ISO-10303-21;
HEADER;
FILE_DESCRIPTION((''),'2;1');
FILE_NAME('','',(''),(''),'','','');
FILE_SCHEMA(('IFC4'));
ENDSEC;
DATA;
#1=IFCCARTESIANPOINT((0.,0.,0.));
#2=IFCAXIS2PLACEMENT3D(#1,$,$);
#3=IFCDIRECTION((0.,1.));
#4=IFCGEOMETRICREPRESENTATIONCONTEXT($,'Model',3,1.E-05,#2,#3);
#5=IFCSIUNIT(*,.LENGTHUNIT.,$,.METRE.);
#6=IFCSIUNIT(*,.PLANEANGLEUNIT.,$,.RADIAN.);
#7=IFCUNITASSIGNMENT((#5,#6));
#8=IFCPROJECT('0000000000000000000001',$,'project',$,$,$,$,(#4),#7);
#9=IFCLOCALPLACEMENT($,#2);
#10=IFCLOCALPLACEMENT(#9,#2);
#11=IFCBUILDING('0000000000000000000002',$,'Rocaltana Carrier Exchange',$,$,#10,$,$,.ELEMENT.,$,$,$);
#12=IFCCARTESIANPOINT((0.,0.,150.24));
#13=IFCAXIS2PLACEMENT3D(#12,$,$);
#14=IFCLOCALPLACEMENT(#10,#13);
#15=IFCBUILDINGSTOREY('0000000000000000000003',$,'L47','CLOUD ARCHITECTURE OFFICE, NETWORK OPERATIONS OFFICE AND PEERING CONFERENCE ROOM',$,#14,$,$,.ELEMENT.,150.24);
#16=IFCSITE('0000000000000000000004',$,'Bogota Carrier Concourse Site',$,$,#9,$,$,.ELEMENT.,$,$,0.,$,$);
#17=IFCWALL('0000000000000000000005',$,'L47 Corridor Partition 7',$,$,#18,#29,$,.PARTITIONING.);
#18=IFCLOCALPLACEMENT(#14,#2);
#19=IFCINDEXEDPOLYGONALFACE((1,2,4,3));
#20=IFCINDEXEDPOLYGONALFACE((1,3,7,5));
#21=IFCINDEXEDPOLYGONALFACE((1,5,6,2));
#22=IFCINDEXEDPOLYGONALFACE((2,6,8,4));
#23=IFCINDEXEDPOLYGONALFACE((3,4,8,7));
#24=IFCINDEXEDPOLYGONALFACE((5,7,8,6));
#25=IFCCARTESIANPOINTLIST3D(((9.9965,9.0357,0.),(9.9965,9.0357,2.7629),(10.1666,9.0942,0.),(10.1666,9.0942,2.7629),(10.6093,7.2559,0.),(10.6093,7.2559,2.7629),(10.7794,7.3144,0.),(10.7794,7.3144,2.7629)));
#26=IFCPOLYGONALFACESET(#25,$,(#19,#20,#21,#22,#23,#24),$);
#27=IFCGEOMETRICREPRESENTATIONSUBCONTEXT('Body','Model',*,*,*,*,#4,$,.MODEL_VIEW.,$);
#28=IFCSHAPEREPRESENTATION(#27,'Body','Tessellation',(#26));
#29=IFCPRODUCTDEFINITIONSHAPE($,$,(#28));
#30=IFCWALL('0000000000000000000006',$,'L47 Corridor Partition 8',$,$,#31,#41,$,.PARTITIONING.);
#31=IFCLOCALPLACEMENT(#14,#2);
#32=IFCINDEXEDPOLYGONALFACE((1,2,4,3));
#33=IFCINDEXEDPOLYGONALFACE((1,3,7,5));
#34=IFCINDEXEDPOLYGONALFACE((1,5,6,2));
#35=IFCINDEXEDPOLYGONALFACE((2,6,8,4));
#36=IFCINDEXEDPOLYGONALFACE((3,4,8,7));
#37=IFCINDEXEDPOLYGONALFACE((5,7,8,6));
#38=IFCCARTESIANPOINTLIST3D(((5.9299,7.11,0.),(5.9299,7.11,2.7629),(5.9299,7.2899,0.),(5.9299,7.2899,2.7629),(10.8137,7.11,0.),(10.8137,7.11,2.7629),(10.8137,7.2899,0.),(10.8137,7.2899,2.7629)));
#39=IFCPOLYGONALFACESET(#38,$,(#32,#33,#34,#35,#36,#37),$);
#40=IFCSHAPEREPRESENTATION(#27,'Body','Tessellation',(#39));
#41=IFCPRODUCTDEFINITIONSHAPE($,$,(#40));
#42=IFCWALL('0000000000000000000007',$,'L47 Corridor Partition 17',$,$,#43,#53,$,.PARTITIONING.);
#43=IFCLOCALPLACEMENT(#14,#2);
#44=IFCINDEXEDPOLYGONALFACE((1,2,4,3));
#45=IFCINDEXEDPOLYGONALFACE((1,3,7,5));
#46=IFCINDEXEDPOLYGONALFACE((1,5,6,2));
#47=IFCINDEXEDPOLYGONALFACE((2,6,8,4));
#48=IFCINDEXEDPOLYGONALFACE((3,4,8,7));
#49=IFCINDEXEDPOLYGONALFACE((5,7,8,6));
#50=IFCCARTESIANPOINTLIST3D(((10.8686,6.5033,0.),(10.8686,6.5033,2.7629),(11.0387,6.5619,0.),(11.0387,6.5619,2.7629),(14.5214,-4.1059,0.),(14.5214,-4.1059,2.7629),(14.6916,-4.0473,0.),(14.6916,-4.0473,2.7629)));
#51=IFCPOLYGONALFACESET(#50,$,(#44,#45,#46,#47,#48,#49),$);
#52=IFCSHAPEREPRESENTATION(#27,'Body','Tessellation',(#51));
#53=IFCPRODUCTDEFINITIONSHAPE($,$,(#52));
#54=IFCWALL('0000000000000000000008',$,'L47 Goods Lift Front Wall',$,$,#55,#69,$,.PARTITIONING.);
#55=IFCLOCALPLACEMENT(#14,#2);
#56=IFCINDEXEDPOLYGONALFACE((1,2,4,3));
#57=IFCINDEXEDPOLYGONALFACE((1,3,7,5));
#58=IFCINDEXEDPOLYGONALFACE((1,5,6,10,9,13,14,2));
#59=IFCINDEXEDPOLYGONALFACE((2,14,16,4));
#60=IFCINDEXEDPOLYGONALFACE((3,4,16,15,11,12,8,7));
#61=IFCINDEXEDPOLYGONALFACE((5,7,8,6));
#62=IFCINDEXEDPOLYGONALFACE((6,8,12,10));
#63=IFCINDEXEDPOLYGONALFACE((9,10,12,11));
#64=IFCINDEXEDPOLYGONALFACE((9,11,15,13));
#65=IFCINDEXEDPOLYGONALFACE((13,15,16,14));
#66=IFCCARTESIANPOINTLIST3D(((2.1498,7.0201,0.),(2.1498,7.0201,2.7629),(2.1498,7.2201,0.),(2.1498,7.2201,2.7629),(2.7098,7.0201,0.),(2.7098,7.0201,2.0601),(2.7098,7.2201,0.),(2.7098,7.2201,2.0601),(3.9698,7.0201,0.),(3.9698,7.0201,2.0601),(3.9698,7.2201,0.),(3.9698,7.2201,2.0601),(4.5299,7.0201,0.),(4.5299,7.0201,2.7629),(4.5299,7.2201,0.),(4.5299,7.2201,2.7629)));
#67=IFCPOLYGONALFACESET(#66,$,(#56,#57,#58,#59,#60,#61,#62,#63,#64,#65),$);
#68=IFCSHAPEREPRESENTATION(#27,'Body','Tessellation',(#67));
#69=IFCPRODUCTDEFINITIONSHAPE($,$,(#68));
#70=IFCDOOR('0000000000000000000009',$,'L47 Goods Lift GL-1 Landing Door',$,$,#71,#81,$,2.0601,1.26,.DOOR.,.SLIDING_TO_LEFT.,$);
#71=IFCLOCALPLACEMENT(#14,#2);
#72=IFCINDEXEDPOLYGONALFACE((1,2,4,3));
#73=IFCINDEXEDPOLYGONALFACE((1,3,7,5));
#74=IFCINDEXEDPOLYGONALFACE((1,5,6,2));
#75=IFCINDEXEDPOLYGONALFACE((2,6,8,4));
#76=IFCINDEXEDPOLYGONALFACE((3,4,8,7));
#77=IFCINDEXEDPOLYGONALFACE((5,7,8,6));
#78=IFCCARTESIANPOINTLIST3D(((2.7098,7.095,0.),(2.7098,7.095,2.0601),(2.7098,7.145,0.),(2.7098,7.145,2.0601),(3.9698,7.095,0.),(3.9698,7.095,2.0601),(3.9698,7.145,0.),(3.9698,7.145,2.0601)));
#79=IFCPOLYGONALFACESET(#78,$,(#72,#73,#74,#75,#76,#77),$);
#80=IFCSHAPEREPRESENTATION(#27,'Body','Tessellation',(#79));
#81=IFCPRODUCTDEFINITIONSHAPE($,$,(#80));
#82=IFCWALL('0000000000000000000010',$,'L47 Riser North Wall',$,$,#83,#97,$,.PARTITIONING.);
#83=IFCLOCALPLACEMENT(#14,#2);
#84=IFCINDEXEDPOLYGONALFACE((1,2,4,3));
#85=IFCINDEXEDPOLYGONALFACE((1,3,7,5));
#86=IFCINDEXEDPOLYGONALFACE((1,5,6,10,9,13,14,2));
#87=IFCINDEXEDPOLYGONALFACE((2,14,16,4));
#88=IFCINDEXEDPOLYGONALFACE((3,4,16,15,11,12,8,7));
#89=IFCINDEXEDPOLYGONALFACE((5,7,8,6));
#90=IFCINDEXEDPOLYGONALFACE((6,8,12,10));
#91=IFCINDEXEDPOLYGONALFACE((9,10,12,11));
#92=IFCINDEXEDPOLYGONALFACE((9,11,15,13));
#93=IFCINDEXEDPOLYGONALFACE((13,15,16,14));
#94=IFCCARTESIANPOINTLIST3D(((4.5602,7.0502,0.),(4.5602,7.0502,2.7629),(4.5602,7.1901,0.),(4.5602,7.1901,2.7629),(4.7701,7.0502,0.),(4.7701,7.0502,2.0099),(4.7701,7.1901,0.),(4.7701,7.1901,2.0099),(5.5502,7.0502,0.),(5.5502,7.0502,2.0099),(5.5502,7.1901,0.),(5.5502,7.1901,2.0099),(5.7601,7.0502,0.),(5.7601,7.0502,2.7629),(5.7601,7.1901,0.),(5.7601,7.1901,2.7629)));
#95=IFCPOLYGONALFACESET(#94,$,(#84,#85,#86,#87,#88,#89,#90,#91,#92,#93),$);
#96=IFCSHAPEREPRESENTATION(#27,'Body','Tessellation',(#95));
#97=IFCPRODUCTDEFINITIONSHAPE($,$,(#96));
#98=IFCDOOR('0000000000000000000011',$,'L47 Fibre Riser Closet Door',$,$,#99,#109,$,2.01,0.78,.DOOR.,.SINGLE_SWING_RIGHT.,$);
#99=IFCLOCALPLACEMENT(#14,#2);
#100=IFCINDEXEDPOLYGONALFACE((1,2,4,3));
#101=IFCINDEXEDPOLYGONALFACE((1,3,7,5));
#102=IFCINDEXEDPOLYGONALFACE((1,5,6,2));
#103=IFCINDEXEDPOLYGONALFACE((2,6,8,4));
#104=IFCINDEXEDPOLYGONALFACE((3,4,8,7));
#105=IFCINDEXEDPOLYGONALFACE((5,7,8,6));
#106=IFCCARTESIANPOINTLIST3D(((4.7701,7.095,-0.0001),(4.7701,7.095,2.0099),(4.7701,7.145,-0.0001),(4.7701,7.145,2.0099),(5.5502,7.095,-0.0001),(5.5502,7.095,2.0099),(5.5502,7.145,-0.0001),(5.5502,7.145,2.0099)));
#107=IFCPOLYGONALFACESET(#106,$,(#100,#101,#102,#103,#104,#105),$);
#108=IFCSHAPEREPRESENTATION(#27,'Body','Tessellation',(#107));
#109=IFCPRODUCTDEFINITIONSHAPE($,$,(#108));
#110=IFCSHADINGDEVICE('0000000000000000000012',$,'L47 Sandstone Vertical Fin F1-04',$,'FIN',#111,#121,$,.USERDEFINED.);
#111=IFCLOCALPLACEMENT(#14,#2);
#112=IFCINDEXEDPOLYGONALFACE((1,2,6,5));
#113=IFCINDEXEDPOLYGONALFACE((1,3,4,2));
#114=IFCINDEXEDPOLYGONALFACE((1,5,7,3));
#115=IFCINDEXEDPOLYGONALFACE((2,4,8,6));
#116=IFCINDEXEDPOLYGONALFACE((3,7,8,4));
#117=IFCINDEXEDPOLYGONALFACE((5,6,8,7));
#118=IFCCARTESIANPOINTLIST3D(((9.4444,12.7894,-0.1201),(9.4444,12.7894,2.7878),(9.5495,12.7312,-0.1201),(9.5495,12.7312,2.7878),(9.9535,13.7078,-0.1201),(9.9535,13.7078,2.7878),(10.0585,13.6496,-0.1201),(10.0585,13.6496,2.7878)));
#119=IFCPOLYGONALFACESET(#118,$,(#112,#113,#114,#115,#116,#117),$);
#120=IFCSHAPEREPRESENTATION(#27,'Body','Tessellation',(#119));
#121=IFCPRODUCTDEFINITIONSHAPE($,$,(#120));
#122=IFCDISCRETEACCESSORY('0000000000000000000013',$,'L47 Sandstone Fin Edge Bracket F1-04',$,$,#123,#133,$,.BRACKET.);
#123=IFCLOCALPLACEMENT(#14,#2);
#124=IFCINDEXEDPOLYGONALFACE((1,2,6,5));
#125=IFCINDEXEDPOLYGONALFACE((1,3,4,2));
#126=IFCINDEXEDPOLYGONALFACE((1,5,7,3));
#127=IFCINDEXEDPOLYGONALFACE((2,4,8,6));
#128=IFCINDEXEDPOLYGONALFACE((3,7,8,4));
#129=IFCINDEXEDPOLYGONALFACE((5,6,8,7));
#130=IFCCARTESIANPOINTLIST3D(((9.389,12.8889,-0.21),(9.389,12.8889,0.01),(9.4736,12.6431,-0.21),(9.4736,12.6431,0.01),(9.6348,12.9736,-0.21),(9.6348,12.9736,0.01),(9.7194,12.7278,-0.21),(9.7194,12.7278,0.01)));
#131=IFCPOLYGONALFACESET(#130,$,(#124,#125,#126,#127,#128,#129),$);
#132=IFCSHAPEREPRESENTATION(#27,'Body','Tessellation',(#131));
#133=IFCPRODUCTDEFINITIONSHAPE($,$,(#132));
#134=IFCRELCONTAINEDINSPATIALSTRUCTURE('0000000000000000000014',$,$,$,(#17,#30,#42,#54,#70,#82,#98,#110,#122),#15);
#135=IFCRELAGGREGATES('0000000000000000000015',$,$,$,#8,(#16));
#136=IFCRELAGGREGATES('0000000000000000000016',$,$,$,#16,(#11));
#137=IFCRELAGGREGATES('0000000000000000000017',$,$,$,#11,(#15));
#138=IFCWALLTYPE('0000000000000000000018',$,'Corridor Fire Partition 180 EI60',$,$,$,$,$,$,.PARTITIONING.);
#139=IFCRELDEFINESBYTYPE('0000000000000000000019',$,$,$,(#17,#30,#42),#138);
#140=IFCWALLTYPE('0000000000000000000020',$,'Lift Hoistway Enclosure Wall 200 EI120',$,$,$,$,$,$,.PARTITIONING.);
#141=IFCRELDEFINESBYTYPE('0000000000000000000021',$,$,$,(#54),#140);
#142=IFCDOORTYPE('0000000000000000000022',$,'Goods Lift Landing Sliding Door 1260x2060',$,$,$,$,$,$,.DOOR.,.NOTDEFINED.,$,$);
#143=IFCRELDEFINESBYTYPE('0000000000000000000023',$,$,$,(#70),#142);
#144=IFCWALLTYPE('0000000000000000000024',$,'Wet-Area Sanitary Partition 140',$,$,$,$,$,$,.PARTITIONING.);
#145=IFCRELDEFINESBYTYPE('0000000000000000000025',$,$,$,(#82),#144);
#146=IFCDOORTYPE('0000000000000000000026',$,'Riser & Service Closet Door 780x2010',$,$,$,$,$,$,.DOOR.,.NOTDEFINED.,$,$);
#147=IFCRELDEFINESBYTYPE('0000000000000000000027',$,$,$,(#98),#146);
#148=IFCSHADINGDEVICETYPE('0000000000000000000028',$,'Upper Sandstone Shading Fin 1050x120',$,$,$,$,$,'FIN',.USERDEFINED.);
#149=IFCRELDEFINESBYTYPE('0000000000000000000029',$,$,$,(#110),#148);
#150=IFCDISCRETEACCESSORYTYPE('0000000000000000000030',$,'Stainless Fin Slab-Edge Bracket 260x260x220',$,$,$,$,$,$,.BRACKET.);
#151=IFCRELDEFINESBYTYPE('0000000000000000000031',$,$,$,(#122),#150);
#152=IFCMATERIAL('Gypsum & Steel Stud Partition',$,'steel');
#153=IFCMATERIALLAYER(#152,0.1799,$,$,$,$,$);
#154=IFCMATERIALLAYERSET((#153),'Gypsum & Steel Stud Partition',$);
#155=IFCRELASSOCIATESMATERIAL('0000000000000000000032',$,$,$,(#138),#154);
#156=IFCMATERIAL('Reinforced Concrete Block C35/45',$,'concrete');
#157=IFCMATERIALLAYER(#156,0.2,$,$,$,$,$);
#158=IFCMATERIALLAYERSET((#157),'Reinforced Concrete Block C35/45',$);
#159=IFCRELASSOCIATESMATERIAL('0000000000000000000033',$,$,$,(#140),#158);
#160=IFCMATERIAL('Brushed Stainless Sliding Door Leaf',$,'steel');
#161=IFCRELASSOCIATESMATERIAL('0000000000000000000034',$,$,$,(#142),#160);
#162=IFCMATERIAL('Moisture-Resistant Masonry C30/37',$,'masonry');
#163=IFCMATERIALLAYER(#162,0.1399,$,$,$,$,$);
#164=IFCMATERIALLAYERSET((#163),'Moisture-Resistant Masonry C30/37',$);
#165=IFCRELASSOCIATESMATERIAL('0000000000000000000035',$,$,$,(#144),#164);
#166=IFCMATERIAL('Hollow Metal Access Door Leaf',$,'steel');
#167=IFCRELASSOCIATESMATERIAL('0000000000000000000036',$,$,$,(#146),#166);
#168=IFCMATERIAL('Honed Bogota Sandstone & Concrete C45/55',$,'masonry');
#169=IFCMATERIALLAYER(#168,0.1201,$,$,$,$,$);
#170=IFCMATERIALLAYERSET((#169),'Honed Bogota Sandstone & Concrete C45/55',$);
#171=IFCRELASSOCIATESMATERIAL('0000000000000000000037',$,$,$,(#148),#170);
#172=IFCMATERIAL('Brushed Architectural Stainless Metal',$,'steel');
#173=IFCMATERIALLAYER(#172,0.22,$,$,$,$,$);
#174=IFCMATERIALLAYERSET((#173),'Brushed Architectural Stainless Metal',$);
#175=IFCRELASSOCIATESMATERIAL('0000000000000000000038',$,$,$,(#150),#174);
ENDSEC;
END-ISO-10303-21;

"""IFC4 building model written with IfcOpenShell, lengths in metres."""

from ifc_helpers import new_model, si_unit, direction, frame, frame_2d, origin, origin_2d, place, context, subcontext, project, spatial, rectangle, extrude, material, layer, layer_set, type_object, element, fill, save


model = new_model("IFC4")

# Units and contexts
model_context = context("Model", 3, precision=1e-05, world=origin(), true_north=direction((0.0, 1.0)))
body_context = subcontext(model_context, "Body", "Model", "MODEL_VIEW")
ifc_project = project(units=[si_unit("LENGTHUNIT", "METRE"), si_unit("PLANEANGLEUNIT", "RADIAN")], contexts=[model_context])

# Site, building, storey
site_placement = place(None, origin())
site = spatial("IfcSite", under=ifc_project, at=site_placement, Name="Bogota Carrier Concourse Site", CompositionType="ELEMENT", RefElevation=0.0)
building_placement = place(site_placement, origin())
building = spatial("IfcBuilding", under=site, at=building_placement, Name="Rocaltana Carrier Exchange", CompositionType="ELEMENT")
storey_placement = place(building_placement, frame((0.0, 0.0, 150.24)))
storey = spatial("IfcBuildingStorey", under=building, at=storey_placement, Name="L47", Description="CLOUD ARCHITECTURE OFFICE, NETWORK OPERATIONS OFFICE AND PEERING CONFERENCE ROOM", CompositionType="ELEMENT", Elevation=150.24)

# Walls
ifc_material_1 = material(Name="Gypsum & Steel Stud Partition", Category="steel")
ifc_layer_1 = layer(ifc_material_1, 0.1799)
ifc_layer_set_1 = layer_set([ifc_layer_1], Name="Gypsum & Steel Stud Partition")
wall_type_1 = type_object("IfcWallType", Name="Corridor Fire Partition 180 EI60", PredefinedType="PARTITIONING", material=ifc_layer_set_1)
wall_1_placement = place(storey_placement, frame((10.0815, 9.0649, 0.0), z_axis=(0.0, 0.0, 1.0), x_axis=(0.325551, -0.945524, 0.0)))
element("IfcWall", 1, at=wall_1_placement, inside=storey, type_object=wall_type_1, Name="L47 Corridor Partition 7", PredefinedType="PARTITIONING", context=body_context, shape_type="SweptSolid", body=[
    extrude(rectangle(XDim=1.8823, YDim=0.1799, at=frame_2d((0.9412, 0.0))), origin(), (0.0, 0.0, 1.0), 2.7629),
])
wall_2_placement = place(storey_placement, frame((10.8137, 7.2, 0.0), z_axis=(0.0, 0.0, 1.0), x_axis=(-1.0, 0.0, 0.0)))
element("IfcWall", 2, at=wall_2_placement, inside=storey, type_object=wall_type_1, Name="L47 Corridor Partition 8", PredefinedType="PARTITIONING", context=body_context, shape_type="SweptSolid", body=[
    extrude(rectangle(XDim=4.8838, YDim=0.1799, at=frame_2d((2.4419, 0.0))), origin(), (0.0, 0.0, 1.0), 2.7629),
])
wall_3_placement = place(storey_placement, frame((10.9536, 6.5327, 0.0), z_axis=(0.0, 0.0, 1.0), x_axis=(0.325553, -0.945524, 0.0)))
element("IfcWall", 3, at=wall_3_placement, inside=storey, type_object=wall_type_1, Name="L47 Corridor Partition 17", PredefinedType="PARTITIONING", context=body_context, shape_type="SweptSolid", body=[
    extrude(rectangle(XDim=11.2205, YDim=0.1799, at=frame_2d((5.6104, 0.0))), origin(), (0.0, 0.0, 1.0), 2.7629),
])

# Walls, openings, doors
ifc_material_2 = material(Name="Reinforced Concrete Block C35/45", Category="concrete")
ifc_layer_2 = layer(ifc_material_2, 0.2)
ifc_layer_set_2 = layer_set([ifc_layer_2], Name="Reinforced Concrete Block C35/45")
wall_type_2 = type_object("IfcWallType", Name="Lift Hoistway Enclosure Wall 200 EI120", PredefinedType="PARTITIONING", material=ifc_layer_set_2)
wall_4_placement = place(storey_placement, frame((2.1499, 7.1201, 0.0), z_axis=(0.0, 0.0, 1.0), x_axis=(1.0, 0.0, 0.0)))
wall_4 = element("IfcWall", 4, at=wall_4_placement, inside=storey, type_object=wall_type_2, Name="L47 Goods Lift Front Wall", PredefinedType="PARTITIONING", context=body_context, shape_type="SweptSolid", body=[
    extrude(rectangle(XDim=2.3801, YDim=0.2, at=frame_2d((1.1899, 0.0))), origin(), (0.0, 0.0, 1.0), 2.7629),
])
opening_1_placement = place(wall_4_placement, frame((0.5601, 0.0, 0.0)))
opening_1 = element("IfcOpeningElement", 5, at=opening_1_placement, cuts=wall_4, PredefinedType="OPENING", context=body_context, shape_type="SweptSolid", body=[
    extrude(rectangle(XDim=1.26, YDim=2.0601, at=frame_2d((0.6299, 1.03))), frame((0.0, 0.1099, 0.0), z_axis=(0.0, -1.0, 0.0), x_axis=(1.0, 0.0, 0.0)), (0.0, 0.0, 1.0), 0.22),
])
ifc_material_3 = material(Name="Brushed Stainless Sliding Door Leaf", Category="steel")
door_type_1 = type_object("IfcDoorType", Name="Goods Lift Landing Sliding Door 1260x2060", OperationType="NOTDEFINED", PredefinedType="DOOR", material=ifc_material_3)
door_1_placement = place(opening_1_placement, origin())
door_1 = element("IfcDoor", 6, at=door_1_placement, inside=storey, type_object=door_type_1, Name="L47 Goods Lift GL-1 Landing Door", OperationType="SLIDING_TO_LEFT", OverallHeight=2.0601, OverallWidth=1.26, PredefinedType="DOOR", context=body_context, shape_type="SweptSolid", body=[
    extrude(rectangle(XDim=1.26, YDim=2.0601, at=frame_2d((0.6299, 1.03))), frame((0.0, 0.0249, 0.0), z_axis=(0.0, -1.0, 0.0), x_axis=(1.0, 0.0, 0.0)), (0.0, 0.0, 1.0), 0.05),
])
fill(opening_1, door_1)
ifc_material_4 = material(Name="Moisture-Resistant Masonry C30/37", Category="masonry")
ifc_layer_3 = layer(ifc_material_4, 0.1399)
ifc_layer_set_3 = layer_set([ifc_layer_3], Name="Moisture-Resistant Masonry C30/37")
wall_type_3 = type_object("IfcWallType", Name="Wet-Area Sanitary Partition 140", PredefinedType="PARTITIONING", material=ifc_layer_set_3)
wall_5_placement = place(storey_placement, frame((4.5601, 7.1201, 0.0), z_axis=(0.0, 0.0, 1.0), x_axis=(1.0, 0.0, 0.0)))
wall_5 = element("IfcWall", 7, at=wall_5_placement, inside=storey, type_object=wall_type_3, Name="L47 Riser North Wall", PredefinedType="PARTITIONING", context=body_context, shape_type="SweptSolid", body=[
    extrude(rectangle(XDim=1.2, YDim=0.1399, at=frame_2d((0.6001, 0.0))), origin(), (0.0, 0.0, 1.0), 2.7629),
])
opening_2_placement = place(wall_5_placement, frame((0.21, 0.0, 0.0)))
opening_2 = element("IfcOpeningElement", 8, at=opening_2_placement, cuts=wall_5, PredefinedType="OPENING", context=body_context, shape_type="SweptSolid", body=[
    extrude(rectangle(XDim=0.78, YDim=2.01, at=frame_2d((0.3901, 1.0049))), frame((0.0, 0.0798, 0.0), z_axis=(0.0, -1.0, 0.0), x_axis=(1.0, 0.0, 0.0)), (0.0, 0.0, 1.0), 0.1599),
])
ifc_material_5 = material(Name="Hollow Metal Access Door Leaf", Category="steel")
door_type_2 = type_object("IfcDoorType", Name="Riser & Service Closet Door 780x2010", OperationType="NOTDEFINED", PredefinedType="DOOR", material=ifc_material_5)
door_2_placement = place(opening_2_placement, origin())
door_2 = element("IfcDoor", 9, at=door_2_placement, inside=storey, type_object=door_type_2, Name="L47 Fibre Riser Closet Door", OperationType="SINGLE_SWING_RIGHT", OverallHeight=2.01, OverallWidth=0.78, PredefinedType="DOOR", context=body_context, shape_type="SweptSolid", body=[
    extrude(rectangle(XDim=0.78, YDim=2.01, at=frame_2d((0.3901, 1.0049))), frame((0.0, 0.0249, 0.0), z_axis=(0.0, -1.0, 0.0), x_axis=(1.0, 0.0, 0.0)), (0.0, 0.0, 1.0), 0.05),
])
fill(opening_2, door_2)

# Shading device
ifc_material_6 = material(Name="Honed Bogota Sandstone & Concrete C45/55", Category="masonry")
ifc_layer_4 = layer(ifc_material_6, 0.1201)
ifc_layer_set_4 = layer_set([ifc_layer_4], Name="Honed Bogota Sandstone & Concrete C45/55")
shading_device_type = type_object("IfcShadingDeviceType", Name="Upper Sandstone Shading Fin 1050x120", ElementType="FIN", PredefinedType="USERDEFINED", material=ifc_layer_set_4)
shading_device_placement = place(storey_placement, frame((9.7515, 13.2195, -0.1201), z_axis=(0.0, 0.0, 1.0), x_axis=(0.48481, 0.87462, 0.0)))
element("IfcShadingDevice", 10, at=shading_device_placement, inside=storey, type_object=shading_device_type, Name="L47 Sandstone Vertical Fin F1-04", ObjectType="FIN", PredefinedType="USERDEFINED", context=body_context, shape_type="SweptSolid", body=[
    extrude(rectangle(XDim=1.05, YDim=0.1201, at=origin_2d()), origin(), (0.0, 0.0, 1.0), 2.908),
])

# Discrete accessory
ifc_material_7 = material(Name="Brushed Architectural Stainless Metal", Category="steel")
ifc_layer_5 = layer(ifc_material_7, 0.22)
ifc_layer_set_5 = layer_set([ifc_layer_5], Name="Brushed Architectural Stainless Metal")
discrete_accessory_type = type_object("IfcDiscreteAccessoryType", Name="Stainless Fin Slab-Edge Bracket 260x260x220", PredefinedType="BRACKET", material=ifc_layer_set_5)
discrete_accessory_placement = place(storey_placement, frame((9.5542, 12.8083, -0.21), z_axis=(0.0, 0.0, 1.0), x_axis=(-0.325568, 0.945519, 0.0)))
element("IfcDiscreteAccessory", 11, at=discrete_accessory_placement, inside=storey, type_object=discrete_accessory_type, Name="L47 Sandstone Fin Edge Bracket F1-04", PredefinedType="BRACKET", context=body_context, shape_type="SweptSolid", body=[
    extrude(rectangle(XDim=0.26, YDim=0.26, at=origin_2d()), origin(), (0.0, 0.0, 1.0), 0.22),
])

save(model, "model.ifc")
